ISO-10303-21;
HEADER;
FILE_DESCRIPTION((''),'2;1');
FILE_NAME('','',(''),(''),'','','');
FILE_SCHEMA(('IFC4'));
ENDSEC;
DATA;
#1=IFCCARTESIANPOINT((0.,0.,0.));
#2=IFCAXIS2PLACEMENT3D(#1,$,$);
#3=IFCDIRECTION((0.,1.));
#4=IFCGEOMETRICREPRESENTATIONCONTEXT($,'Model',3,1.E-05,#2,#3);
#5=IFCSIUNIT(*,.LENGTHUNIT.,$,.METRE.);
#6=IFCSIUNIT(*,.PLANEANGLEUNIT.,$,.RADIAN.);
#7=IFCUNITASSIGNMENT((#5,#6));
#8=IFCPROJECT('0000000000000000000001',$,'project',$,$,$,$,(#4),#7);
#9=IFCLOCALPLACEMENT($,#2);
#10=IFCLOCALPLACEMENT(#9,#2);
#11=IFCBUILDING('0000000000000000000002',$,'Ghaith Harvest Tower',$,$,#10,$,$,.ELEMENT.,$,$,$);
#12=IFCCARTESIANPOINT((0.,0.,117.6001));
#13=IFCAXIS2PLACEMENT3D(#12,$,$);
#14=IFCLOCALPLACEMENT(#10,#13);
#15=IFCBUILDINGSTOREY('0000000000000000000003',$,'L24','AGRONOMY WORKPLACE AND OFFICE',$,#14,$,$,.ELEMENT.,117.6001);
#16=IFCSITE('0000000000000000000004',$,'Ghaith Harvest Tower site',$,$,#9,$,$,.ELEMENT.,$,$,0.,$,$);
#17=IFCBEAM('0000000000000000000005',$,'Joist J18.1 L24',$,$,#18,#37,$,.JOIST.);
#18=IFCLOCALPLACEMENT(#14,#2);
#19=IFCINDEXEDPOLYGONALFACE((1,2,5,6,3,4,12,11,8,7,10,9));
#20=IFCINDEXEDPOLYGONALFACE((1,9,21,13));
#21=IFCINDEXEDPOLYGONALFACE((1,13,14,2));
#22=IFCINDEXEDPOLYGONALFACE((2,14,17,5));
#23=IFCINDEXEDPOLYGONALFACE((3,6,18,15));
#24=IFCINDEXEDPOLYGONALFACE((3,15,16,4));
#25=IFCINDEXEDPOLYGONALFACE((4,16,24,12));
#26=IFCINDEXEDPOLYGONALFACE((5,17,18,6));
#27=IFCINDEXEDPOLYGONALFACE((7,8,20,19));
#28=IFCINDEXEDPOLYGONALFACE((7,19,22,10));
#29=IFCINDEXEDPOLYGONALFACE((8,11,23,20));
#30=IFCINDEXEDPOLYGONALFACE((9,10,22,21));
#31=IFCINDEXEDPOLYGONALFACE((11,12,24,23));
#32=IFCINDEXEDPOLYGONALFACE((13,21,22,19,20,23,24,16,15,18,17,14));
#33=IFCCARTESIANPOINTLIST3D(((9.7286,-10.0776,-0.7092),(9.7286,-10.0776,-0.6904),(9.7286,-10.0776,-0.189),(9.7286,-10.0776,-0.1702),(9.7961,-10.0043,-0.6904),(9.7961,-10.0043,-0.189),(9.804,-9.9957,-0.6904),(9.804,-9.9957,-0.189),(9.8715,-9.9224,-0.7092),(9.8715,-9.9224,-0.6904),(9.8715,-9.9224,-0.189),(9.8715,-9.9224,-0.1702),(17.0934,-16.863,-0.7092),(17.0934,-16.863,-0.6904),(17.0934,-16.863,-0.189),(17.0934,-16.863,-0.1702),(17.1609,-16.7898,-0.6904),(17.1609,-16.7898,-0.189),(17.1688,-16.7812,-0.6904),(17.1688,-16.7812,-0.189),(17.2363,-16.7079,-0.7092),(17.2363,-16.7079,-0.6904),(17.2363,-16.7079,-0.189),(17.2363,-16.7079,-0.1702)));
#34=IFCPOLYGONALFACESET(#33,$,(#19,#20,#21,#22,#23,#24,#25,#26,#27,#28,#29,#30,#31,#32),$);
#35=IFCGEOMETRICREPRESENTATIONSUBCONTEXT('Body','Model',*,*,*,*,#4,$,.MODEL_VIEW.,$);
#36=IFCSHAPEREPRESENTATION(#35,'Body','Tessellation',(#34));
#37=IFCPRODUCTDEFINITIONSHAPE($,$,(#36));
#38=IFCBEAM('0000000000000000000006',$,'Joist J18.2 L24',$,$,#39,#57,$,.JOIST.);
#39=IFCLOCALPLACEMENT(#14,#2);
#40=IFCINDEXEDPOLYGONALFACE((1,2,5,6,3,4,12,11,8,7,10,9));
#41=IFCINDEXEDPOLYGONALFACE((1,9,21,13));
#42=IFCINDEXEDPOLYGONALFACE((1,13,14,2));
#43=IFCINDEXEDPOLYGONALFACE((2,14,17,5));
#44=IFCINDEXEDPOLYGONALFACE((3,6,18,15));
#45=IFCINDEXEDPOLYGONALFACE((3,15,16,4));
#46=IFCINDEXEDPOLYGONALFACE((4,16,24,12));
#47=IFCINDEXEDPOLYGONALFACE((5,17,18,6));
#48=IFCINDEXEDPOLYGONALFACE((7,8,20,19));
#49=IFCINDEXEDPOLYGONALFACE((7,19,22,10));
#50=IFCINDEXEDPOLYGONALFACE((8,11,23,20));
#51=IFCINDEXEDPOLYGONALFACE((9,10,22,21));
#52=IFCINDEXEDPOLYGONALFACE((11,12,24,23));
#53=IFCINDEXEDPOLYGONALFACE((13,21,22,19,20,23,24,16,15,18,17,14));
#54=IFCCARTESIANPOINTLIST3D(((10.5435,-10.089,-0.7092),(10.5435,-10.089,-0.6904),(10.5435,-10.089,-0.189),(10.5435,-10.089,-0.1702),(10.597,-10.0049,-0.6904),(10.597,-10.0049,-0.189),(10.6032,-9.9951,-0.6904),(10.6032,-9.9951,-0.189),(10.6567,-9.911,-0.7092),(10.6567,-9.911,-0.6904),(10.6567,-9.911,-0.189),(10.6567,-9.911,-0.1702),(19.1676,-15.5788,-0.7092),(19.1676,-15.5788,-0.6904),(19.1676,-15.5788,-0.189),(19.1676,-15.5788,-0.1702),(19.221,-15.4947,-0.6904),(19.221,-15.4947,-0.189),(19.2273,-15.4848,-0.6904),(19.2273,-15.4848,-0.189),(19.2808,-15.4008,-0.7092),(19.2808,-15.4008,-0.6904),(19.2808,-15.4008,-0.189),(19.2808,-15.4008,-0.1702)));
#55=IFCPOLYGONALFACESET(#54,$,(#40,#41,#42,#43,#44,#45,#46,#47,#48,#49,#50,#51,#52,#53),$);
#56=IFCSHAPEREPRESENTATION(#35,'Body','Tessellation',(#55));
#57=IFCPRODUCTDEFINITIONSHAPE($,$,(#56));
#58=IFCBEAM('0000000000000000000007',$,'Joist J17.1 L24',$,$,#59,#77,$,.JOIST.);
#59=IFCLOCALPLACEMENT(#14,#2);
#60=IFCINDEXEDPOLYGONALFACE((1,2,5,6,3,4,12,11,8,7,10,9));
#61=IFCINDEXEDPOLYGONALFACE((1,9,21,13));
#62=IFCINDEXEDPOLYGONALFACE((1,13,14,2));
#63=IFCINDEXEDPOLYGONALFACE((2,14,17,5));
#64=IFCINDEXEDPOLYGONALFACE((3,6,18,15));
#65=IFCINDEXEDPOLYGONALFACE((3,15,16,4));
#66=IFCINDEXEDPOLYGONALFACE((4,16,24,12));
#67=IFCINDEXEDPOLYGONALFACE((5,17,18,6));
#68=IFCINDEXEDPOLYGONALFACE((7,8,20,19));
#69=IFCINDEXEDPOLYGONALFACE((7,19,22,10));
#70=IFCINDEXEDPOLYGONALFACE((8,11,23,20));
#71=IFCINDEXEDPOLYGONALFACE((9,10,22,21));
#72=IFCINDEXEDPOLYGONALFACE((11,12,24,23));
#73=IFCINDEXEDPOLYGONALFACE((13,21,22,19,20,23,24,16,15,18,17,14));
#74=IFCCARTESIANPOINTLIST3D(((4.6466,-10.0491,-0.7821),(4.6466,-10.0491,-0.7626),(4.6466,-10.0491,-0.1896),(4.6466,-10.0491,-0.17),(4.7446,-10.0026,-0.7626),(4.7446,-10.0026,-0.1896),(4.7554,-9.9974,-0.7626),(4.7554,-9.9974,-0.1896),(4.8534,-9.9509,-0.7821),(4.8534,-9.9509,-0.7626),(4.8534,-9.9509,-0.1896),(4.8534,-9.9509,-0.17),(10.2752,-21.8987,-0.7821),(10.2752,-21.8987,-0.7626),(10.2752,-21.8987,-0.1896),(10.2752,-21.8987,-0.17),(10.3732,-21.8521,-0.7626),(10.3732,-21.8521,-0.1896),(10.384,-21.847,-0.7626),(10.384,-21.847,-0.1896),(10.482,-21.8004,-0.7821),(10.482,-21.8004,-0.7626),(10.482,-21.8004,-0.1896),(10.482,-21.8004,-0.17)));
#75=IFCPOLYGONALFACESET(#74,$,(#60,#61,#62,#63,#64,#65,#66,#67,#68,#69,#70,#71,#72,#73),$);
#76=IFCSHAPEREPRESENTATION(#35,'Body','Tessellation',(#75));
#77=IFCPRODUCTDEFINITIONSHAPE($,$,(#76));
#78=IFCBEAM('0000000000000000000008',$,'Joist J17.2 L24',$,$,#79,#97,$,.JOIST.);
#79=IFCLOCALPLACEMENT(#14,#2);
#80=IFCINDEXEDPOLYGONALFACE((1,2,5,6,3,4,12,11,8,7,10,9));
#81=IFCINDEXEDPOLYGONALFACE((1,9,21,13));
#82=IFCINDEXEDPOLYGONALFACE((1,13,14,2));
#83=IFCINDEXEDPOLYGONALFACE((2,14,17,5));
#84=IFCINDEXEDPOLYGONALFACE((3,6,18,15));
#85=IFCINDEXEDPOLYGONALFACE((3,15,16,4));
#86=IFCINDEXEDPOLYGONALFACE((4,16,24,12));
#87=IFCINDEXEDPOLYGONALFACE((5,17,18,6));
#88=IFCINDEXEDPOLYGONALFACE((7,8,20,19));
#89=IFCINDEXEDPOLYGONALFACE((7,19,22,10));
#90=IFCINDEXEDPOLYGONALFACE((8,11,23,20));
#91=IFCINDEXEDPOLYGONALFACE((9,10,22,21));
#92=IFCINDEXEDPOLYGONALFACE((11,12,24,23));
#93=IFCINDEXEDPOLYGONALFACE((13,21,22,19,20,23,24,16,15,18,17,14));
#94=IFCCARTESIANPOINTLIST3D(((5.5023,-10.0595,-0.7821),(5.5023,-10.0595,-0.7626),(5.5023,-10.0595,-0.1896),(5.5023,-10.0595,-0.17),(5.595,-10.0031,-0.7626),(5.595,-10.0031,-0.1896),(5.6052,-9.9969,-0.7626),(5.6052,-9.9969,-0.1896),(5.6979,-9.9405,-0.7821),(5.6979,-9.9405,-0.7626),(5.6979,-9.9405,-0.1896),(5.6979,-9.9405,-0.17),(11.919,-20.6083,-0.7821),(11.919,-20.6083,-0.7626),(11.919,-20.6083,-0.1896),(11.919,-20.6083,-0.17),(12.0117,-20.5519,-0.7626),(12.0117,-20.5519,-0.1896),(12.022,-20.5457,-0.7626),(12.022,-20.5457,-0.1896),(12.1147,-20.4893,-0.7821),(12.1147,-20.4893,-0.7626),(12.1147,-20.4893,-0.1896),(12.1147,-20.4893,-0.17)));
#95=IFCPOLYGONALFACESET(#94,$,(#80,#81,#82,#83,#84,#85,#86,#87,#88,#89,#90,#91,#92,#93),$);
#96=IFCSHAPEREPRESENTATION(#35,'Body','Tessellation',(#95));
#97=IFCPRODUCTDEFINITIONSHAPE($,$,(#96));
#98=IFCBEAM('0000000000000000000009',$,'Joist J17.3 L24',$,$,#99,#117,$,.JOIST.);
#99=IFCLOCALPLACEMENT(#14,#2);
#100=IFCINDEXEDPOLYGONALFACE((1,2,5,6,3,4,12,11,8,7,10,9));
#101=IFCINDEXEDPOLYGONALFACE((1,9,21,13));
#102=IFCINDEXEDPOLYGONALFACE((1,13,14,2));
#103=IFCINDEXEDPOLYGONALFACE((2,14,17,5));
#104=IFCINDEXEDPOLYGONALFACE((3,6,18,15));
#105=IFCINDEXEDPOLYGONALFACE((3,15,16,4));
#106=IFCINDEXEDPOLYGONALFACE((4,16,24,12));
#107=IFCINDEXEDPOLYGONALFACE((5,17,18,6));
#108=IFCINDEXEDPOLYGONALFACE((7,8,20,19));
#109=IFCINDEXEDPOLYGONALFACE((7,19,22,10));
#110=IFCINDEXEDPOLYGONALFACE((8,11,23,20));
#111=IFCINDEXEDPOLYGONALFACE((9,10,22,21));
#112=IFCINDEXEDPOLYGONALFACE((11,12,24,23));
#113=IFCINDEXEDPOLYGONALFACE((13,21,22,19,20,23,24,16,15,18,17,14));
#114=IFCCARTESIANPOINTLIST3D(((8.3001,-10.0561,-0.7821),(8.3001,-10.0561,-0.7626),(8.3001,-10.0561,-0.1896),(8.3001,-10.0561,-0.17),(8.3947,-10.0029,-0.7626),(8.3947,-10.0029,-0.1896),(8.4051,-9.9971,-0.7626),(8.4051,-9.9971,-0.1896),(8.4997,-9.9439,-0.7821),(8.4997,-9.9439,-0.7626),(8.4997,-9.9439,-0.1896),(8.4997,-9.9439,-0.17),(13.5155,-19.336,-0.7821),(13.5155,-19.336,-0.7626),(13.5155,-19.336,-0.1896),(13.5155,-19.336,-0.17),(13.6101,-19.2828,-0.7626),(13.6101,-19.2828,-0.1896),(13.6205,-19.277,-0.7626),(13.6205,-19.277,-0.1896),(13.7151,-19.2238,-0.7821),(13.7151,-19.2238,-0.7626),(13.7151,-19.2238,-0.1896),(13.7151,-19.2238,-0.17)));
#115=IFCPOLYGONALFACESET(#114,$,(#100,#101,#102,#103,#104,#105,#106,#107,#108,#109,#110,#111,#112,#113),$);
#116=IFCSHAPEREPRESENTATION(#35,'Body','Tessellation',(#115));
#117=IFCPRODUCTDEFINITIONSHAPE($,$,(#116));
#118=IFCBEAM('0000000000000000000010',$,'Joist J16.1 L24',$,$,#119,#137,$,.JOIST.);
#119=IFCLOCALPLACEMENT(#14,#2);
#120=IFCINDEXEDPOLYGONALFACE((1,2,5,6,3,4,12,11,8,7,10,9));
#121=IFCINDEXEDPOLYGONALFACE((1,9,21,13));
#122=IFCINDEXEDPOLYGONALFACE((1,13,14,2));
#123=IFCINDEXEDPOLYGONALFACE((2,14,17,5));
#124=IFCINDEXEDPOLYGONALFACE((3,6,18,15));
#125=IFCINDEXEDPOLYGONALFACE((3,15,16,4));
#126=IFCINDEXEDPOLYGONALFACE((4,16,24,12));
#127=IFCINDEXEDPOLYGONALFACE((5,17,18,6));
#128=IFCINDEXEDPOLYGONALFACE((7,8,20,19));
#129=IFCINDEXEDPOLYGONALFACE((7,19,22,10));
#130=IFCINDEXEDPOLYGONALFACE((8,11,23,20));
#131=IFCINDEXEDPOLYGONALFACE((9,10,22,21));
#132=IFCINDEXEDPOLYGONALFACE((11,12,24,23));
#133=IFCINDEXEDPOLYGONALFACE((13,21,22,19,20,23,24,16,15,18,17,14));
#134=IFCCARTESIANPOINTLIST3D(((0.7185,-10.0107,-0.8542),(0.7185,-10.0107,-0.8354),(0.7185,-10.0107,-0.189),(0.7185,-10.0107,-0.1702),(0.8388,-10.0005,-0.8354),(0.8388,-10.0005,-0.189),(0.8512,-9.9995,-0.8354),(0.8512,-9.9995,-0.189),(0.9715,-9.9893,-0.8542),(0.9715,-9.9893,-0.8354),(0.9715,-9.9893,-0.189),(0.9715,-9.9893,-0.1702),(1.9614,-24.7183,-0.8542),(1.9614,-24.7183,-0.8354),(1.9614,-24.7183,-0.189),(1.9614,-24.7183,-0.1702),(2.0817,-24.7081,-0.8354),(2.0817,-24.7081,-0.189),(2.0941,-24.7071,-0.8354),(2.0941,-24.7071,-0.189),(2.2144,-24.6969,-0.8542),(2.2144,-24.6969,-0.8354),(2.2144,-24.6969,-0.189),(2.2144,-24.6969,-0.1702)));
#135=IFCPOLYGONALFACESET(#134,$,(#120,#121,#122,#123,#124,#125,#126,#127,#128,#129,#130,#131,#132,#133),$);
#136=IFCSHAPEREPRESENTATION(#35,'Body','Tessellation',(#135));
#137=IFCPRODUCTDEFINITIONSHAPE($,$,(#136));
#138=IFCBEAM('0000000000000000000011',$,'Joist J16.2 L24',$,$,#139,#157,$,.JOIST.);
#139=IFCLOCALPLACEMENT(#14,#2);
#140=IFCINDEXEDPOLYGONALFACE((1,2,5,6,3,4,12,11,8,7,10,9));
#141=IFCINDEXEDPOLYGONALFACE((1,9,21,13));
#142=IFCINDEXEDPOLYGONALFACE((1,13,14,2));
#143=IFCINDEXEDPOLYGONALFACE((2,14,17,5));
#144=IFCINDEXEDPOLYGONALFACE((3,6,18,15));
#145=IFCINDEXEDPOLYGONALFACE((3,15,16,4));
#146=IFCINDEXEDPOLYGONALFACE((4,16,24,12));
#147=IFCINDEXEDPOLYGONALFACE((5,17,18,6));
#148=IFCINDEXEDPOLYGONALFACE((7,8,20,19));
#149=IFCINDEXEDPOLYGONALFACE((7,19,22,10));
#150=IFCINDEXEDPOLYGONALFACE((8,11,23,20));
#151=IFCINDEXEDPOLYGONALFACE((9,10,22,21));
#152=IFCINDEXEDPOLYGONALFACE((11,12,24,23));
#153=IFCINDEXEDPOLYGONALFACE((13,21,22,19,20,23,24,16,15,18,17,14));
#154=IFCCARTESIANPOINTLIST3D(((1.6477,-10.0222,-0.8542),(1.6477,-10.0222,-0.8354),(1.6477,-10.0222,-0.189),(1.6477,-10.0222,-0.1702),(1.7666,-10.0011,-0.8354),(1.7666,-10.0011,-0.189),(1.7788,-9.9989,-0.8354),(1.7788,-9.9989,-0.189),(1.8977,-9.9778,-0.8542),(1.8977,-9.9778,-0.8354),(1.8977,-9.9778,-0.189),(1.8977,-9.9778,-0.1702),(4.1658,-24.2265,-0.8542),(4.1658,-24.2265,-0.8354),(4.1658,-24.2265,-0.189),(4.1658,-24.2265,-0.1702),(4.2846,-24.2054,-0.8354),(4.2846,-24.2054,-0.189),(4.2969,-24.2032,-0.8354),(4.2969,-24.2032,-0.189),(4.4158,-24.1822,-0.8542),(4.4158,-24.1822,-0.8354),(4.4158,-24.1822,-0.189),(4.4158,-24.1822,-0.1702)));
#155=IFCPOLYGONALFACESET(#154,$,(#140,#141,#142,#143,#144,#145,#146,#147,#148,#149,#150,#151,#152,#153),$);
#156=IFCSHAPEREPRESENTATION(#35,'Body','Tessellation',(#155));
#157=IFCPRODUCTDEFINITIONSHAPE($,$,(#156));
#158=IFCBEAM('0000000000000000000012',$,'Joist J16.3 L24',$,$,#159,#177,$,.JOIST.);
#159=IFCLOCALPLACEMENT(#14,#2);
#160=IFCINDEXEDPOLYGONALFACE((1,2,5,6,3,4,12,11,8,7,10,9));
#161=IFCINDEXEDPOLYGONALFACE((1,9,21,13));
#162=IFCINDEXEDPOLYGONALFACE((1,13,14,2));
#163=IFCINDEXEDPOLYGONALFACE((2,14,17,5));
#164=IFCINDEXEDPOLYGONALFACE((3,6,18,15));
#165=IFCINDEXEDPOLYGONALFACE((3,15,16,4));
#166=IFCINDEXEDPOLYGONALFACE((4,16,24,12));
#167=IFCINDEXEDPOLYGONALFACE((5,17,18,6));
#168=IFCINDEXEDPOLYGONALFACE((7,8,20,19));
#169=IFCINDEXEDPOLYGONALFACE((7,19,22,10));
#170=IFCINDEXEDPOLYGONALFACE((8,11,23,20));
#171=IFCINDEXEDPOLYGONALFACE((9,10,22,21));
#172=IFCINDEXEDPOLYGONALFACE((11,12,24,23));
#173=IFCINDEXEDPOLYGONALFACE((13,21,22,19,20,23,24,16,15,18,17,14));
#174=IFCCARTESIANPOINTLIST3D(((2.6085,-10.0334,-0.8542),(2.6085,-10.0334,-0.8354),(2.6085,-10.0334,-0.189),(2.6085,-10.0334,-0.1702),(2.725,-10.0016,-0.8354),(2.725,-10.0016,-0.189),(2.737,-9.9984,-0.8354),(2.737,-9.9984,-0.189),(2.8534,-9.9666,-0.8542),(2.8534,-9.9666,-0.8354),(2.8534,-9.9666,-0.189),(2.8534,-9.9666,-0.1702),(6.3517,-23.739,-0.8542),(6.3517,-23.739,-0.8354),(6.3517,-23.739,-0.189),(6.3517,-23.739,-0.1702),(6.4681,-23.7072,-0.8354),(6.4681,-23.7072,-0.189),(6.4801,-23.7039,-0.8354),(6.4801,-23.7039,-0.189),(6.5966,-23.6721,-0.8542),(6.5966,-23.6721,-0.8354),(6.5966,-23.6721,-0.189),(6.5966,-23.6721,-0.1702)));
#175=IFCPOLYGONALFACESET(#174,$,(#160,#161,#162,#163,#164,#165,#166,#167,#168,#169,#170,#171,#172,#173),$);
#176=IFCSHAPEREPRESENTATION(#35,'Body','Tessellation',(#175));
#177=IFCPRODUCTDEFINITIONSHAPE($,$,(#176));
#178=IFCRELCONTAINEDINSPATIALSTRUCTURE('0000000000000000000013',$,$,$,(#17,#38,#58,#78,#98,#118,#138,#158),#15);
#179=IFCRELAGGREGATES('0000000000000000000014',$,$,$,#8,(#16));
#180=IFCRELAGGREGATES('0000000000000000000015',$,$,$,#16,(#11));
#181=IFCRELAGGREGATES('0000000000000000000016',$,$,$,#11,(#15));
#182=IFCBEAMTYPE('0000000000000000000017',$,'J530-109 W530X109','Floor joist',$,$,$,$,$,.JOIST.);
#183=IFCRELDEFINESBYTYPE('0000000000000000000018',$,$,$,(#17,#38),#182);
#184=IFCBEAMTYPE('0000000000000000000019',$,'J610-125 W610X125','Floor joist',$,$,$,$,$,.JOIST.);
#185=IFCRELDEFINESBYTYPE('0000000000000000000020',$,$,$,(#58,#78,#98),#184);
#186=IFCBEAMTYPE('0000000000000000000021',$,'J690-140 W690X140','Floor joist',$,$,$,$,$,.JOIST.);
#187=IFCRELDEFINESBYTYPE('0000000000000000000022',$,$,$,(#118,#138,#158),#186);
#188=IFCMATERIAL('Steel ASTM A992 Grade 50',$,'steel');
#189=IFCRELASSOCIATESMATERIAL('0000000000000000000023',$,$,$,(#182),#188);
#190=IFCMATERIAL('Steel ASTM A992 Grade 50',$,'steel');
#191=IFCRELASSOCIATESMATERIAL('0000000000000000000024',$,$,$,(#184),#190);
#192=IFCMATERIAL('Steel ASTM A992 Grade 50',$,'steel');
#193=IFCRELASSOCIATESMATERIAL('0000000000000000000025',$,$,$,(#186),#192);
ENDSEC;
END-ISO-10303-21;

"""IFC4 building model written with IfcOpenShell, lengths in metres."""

from ifc_helpers import new_model, si_unit, direction, frame, origin, origin_2d, place, context, subcontext, project, spatial, i_section, extrude, material, material_profile, profile_set, type_object, element, save


model = new_model("IFC4")

# Units and contexts
model_context = context("Model", 3, precision=1e-05, world=origin(), true_north=direction((0.0, 1.0)))
body_context = subcontext(model_context, "Body", "Model", "MODEL_VIEW")
ifc_project = project(units=[si_unit("LENGTHUNIT", "METRE"), si_unit("PLANEANGLEUNIT", "RADIAN")], contexts=[model_context])

# Site, building, storey
site_placement = place(None, origin())
site = spatial("IfcSite", under=ifc_project, at=site_placement, Name="Ghaith Harvest Tower site", CompositionType="ELEMENT", RefElevation=0.0)
building_placement = place(site_placement, origin())
building = spatial("IfcBuilding", under=site, at=building_placement, Name="Ghaith Harvest Tower", CompositionType="ELEMENT")
storey_placement = place(building_placement, frame((0.0, 0.0, 117.6001)))
storey = spatial("IfcBuildingStorey", under=building, at=storey_placement, Name="L24", Description="AGRONOMY WORKPLACE AND OFFICE", CompositionType="ELEMENT", Elevation=117.6001)

# Beams
ifc_material_1 = material(Name="Steel ASTM A992 Grade 50", Category="steel")
ifc_material_profile_1 = material_profile(ifc_material_1, i_section(OverallWidth=0.2109, OverallDepth=0.5391, WebThickness=0.0117, FlangeThickness=0.0188, at=origin_2d()), Name="W530X109")
ifc_profile_set_1 = profile_set([ifc_material_profile_1], Name="Steel ASTM A992 Grade 50")
beam_type_1 = type_object("IfcBeamType", Name="J530-109 W530X109", Description="Floor joist", PredefinedType="JOIST", material=ifc_profile_set_1)
beam_1_placement = place(storey_placement, frame((9.8, -10.0, -0.4397), z_axis=(0.735442, -0.677588, 0.0), x_axis=(0.677588, 0.735442, 0.0)))
element("IfcBeam", 1, at=beam_1_placement, inside=storey, type_object=beam_type_1, Name="Joist J18.1 L24", PredefinedType="JOIST", context=body_context, shape_type="SweptSolid", body=[
    extrude(i_section(OverallWidth=0.2109, OverallDepth=0.5391, WebThickness=0.0117, FlangeThickness=0.0188, at=origin_2d()), origin(), (0.0, 0.0, 1.0), 10.0142),
])
beam_2_placement = place(storey_placement, frame((10.6001, -10.0, -0.4397), z_axis=(0.843585, -0.536996, 0.0), x_axis=(0.536996, 0.843585, 0.0)))
element("IfcBeam", 2, at=beam_2_placement, inside=storey, type_object=beam_type_1, Name="Joist J18.2 L24", PredefinedType="JOIST", context=body_context, shape_type="SweptSolid", body=[
    extrude(i_section(OverallWidth=0.2109, OverallDepth=0.5391, WebThickness=0.0117, FlangeThickness=0.0188, at=origin_2d()), origin(), (0.0, 0.0, 1.0), 10.2231),
])
ifc_material_2 = material(Name="Steel ASTM A992 Grade 50", Category="steel")
ifc_material_profile_2 = material_profile(ifc_material_2, i_section(OverallWidth=0.229, OverallDepth=0.6121, WebThickness=0.012, FlangeThickness=0.0195, at=origin_2d()), Name="W610X125")
ifc_profile_set_2 = profile_set([ifc_material_profile_2], Name="Steel ASTM A992 Grade 50")
beam_type_2 = type_object("IfcBeamType", Name="J610-125 W610X125", Description="Floor joist", PredefinedType="JOIST", material=ifc_profile_set_2)
beam_3_placement = place(storey_placement, frame((4.75, -10.0, -0.4761), z_axis=(0.429063, -0.903275, 0.0), x_axis=(0.903275, 0.429063, 0.0)))
element("IfcBeam", 3, at=beam_3_placement, inside=storey, type_object=beam_type_2, Name="Joist J17.1 L24", PredefinedType="JOIST", context=body_context, shape_type="SweptSolid", body=[
    extrude(i_section(OverallWidth=0.229, OverallDepth=0.6121, WebThickness=0.012, FlangeThickness=0.0195, at=origin_2d()), origin(), (0.0, 0.0, 1.0), 13.1184),
])
beam_4_placement = place(storey_placement, frame((5.6001, -10.0, -0.4761), z_axis=(0.519694, -0.854352, 0.0), x_axis=(0.854352, 0.519694, 0.0)))
element("IfcBeam", 4, at=beam_4_placement, inside=storey, type_object=beam_type_2, Name="Joist J17.2 L24", PredefinedType="JOIST", context=body_context, shape_type="SweptSolid", body=[
    extrude(i_section(OverallWidth=0.229, OverallDepth=0.6121, WebThickness=0.012, FlangeThickness=0.0195, at=origin_2d()), origin(), (0.0, 0.0, 1.0), 12.3472),
])
beam_5_placement = place(storey_placement, frame((8.3999, -10.0, -0.4761), z_axis=(0.489937, -0.871758, 0.0), x_axis=(0.871758, 0.489937, 0.0)))
element("IfcBeam", 5, at=beam_5_placement, inside=storey, type_object=beam_type_2, Name="Joist J17.3 L24", PredefinedType="JOIST", context=body_context, shape_type="SweptSolid", body=[
    extrude(i_section(OverallWidth=0.229, OverallDepth=0.6121, WebThickness=0.012, FlangeThickness=0.0195, at=origin_2d()), origin(), (0.0, 0.0, 1.0), 10.645),
])
ifc_material_3 = material(Name="Steel ASTM A992 Grade 50", Category="steel")
ifc_material_profile_3 = material_profile(ifc_material_3, i_section(OverallWidth=0.2539, OverallDepth=0.6841, WebThickness=0.0125, FlangeThickness=0.0188, at=origin_2d()), Name="W690X140")
ifc_profile_set_3 = profile_set([ifc_material_profile_3], Name="Steel ASTM A992 Grade 50")
beam_type_3 = type_object("IfcBeamType", Name="J690-140 W690X140", Description="Floor joist", PredefinedType="JOIST", material=ifc_profile_set_3)
beam_6_placement = place(storey_placement, frame((0.845, -10.0, -0.5122), z_axis=(0.084209, -0.996448, 0.0), x_axis=(0.996448, 0.084209, 0.0)))
element("IfcBeam", 6, at=beam_6_placement, inside=storey, type_object=beam_type_3, Name="Joist J16.1 L24", PredefinedType="JOIST", context=body_context, shape_type="SweptSolid", body=[
    extrude(i_section(OverallWidth=0.2539, OverallDepth=0.6841, WebThickness=0.0125, FlangeThickness=0.0188, at=origin_2d()), origin(), (0.0, 0.0, 1.0), 14.76),
])
beam_7_placement = place(storey_placement, frame((1.7727, -10.0, -0.5122), z_axis=(0.174553, -0.984648, 0.0), x_axis=(0.984648, 0.174553, 0.0)))
element("IfcBeam", 7, at=beam_7_placement, inside=storey, type_object=beam_type_3, Name="Joist J16.2 L24", PredefinedType="JOIST", context=body_context, shape_type="SweptSolid", body=[
    extrude(i_section(OverallWidth=0.2539, OverallDepth=0.6841, WebThickness=0.0125, FlangeThickness=0.0188, at=origin_2d()), origin(), (0.0, 0.0, 1.0), 14.4258),
])
beam_8_placement = place(storey_placement, frame((2.731, -10.0, -0.5122), z_axis=(0.263463, -0.964669, 0.0), x_axis=(0.964669, 0.263463, 0.0)))
element("IfcBeam", 8, at=beam_8_placement, inside=storey, type_object=beam_type_3, Name="Joist J16.3 L24", PredefinedType="JOIST", context=body_context, shape_type="SweptSolid", body=[
    extrude(i_section(OverallWidth=0.2539, OverallDepth=0.6841, WebThickness=0.0125, FlangeThickness=0.0188, at=origin_2d()), origin(), (0.0, 0.0, 1.0), 14.2075),
])

save(model, "model.ifc")
